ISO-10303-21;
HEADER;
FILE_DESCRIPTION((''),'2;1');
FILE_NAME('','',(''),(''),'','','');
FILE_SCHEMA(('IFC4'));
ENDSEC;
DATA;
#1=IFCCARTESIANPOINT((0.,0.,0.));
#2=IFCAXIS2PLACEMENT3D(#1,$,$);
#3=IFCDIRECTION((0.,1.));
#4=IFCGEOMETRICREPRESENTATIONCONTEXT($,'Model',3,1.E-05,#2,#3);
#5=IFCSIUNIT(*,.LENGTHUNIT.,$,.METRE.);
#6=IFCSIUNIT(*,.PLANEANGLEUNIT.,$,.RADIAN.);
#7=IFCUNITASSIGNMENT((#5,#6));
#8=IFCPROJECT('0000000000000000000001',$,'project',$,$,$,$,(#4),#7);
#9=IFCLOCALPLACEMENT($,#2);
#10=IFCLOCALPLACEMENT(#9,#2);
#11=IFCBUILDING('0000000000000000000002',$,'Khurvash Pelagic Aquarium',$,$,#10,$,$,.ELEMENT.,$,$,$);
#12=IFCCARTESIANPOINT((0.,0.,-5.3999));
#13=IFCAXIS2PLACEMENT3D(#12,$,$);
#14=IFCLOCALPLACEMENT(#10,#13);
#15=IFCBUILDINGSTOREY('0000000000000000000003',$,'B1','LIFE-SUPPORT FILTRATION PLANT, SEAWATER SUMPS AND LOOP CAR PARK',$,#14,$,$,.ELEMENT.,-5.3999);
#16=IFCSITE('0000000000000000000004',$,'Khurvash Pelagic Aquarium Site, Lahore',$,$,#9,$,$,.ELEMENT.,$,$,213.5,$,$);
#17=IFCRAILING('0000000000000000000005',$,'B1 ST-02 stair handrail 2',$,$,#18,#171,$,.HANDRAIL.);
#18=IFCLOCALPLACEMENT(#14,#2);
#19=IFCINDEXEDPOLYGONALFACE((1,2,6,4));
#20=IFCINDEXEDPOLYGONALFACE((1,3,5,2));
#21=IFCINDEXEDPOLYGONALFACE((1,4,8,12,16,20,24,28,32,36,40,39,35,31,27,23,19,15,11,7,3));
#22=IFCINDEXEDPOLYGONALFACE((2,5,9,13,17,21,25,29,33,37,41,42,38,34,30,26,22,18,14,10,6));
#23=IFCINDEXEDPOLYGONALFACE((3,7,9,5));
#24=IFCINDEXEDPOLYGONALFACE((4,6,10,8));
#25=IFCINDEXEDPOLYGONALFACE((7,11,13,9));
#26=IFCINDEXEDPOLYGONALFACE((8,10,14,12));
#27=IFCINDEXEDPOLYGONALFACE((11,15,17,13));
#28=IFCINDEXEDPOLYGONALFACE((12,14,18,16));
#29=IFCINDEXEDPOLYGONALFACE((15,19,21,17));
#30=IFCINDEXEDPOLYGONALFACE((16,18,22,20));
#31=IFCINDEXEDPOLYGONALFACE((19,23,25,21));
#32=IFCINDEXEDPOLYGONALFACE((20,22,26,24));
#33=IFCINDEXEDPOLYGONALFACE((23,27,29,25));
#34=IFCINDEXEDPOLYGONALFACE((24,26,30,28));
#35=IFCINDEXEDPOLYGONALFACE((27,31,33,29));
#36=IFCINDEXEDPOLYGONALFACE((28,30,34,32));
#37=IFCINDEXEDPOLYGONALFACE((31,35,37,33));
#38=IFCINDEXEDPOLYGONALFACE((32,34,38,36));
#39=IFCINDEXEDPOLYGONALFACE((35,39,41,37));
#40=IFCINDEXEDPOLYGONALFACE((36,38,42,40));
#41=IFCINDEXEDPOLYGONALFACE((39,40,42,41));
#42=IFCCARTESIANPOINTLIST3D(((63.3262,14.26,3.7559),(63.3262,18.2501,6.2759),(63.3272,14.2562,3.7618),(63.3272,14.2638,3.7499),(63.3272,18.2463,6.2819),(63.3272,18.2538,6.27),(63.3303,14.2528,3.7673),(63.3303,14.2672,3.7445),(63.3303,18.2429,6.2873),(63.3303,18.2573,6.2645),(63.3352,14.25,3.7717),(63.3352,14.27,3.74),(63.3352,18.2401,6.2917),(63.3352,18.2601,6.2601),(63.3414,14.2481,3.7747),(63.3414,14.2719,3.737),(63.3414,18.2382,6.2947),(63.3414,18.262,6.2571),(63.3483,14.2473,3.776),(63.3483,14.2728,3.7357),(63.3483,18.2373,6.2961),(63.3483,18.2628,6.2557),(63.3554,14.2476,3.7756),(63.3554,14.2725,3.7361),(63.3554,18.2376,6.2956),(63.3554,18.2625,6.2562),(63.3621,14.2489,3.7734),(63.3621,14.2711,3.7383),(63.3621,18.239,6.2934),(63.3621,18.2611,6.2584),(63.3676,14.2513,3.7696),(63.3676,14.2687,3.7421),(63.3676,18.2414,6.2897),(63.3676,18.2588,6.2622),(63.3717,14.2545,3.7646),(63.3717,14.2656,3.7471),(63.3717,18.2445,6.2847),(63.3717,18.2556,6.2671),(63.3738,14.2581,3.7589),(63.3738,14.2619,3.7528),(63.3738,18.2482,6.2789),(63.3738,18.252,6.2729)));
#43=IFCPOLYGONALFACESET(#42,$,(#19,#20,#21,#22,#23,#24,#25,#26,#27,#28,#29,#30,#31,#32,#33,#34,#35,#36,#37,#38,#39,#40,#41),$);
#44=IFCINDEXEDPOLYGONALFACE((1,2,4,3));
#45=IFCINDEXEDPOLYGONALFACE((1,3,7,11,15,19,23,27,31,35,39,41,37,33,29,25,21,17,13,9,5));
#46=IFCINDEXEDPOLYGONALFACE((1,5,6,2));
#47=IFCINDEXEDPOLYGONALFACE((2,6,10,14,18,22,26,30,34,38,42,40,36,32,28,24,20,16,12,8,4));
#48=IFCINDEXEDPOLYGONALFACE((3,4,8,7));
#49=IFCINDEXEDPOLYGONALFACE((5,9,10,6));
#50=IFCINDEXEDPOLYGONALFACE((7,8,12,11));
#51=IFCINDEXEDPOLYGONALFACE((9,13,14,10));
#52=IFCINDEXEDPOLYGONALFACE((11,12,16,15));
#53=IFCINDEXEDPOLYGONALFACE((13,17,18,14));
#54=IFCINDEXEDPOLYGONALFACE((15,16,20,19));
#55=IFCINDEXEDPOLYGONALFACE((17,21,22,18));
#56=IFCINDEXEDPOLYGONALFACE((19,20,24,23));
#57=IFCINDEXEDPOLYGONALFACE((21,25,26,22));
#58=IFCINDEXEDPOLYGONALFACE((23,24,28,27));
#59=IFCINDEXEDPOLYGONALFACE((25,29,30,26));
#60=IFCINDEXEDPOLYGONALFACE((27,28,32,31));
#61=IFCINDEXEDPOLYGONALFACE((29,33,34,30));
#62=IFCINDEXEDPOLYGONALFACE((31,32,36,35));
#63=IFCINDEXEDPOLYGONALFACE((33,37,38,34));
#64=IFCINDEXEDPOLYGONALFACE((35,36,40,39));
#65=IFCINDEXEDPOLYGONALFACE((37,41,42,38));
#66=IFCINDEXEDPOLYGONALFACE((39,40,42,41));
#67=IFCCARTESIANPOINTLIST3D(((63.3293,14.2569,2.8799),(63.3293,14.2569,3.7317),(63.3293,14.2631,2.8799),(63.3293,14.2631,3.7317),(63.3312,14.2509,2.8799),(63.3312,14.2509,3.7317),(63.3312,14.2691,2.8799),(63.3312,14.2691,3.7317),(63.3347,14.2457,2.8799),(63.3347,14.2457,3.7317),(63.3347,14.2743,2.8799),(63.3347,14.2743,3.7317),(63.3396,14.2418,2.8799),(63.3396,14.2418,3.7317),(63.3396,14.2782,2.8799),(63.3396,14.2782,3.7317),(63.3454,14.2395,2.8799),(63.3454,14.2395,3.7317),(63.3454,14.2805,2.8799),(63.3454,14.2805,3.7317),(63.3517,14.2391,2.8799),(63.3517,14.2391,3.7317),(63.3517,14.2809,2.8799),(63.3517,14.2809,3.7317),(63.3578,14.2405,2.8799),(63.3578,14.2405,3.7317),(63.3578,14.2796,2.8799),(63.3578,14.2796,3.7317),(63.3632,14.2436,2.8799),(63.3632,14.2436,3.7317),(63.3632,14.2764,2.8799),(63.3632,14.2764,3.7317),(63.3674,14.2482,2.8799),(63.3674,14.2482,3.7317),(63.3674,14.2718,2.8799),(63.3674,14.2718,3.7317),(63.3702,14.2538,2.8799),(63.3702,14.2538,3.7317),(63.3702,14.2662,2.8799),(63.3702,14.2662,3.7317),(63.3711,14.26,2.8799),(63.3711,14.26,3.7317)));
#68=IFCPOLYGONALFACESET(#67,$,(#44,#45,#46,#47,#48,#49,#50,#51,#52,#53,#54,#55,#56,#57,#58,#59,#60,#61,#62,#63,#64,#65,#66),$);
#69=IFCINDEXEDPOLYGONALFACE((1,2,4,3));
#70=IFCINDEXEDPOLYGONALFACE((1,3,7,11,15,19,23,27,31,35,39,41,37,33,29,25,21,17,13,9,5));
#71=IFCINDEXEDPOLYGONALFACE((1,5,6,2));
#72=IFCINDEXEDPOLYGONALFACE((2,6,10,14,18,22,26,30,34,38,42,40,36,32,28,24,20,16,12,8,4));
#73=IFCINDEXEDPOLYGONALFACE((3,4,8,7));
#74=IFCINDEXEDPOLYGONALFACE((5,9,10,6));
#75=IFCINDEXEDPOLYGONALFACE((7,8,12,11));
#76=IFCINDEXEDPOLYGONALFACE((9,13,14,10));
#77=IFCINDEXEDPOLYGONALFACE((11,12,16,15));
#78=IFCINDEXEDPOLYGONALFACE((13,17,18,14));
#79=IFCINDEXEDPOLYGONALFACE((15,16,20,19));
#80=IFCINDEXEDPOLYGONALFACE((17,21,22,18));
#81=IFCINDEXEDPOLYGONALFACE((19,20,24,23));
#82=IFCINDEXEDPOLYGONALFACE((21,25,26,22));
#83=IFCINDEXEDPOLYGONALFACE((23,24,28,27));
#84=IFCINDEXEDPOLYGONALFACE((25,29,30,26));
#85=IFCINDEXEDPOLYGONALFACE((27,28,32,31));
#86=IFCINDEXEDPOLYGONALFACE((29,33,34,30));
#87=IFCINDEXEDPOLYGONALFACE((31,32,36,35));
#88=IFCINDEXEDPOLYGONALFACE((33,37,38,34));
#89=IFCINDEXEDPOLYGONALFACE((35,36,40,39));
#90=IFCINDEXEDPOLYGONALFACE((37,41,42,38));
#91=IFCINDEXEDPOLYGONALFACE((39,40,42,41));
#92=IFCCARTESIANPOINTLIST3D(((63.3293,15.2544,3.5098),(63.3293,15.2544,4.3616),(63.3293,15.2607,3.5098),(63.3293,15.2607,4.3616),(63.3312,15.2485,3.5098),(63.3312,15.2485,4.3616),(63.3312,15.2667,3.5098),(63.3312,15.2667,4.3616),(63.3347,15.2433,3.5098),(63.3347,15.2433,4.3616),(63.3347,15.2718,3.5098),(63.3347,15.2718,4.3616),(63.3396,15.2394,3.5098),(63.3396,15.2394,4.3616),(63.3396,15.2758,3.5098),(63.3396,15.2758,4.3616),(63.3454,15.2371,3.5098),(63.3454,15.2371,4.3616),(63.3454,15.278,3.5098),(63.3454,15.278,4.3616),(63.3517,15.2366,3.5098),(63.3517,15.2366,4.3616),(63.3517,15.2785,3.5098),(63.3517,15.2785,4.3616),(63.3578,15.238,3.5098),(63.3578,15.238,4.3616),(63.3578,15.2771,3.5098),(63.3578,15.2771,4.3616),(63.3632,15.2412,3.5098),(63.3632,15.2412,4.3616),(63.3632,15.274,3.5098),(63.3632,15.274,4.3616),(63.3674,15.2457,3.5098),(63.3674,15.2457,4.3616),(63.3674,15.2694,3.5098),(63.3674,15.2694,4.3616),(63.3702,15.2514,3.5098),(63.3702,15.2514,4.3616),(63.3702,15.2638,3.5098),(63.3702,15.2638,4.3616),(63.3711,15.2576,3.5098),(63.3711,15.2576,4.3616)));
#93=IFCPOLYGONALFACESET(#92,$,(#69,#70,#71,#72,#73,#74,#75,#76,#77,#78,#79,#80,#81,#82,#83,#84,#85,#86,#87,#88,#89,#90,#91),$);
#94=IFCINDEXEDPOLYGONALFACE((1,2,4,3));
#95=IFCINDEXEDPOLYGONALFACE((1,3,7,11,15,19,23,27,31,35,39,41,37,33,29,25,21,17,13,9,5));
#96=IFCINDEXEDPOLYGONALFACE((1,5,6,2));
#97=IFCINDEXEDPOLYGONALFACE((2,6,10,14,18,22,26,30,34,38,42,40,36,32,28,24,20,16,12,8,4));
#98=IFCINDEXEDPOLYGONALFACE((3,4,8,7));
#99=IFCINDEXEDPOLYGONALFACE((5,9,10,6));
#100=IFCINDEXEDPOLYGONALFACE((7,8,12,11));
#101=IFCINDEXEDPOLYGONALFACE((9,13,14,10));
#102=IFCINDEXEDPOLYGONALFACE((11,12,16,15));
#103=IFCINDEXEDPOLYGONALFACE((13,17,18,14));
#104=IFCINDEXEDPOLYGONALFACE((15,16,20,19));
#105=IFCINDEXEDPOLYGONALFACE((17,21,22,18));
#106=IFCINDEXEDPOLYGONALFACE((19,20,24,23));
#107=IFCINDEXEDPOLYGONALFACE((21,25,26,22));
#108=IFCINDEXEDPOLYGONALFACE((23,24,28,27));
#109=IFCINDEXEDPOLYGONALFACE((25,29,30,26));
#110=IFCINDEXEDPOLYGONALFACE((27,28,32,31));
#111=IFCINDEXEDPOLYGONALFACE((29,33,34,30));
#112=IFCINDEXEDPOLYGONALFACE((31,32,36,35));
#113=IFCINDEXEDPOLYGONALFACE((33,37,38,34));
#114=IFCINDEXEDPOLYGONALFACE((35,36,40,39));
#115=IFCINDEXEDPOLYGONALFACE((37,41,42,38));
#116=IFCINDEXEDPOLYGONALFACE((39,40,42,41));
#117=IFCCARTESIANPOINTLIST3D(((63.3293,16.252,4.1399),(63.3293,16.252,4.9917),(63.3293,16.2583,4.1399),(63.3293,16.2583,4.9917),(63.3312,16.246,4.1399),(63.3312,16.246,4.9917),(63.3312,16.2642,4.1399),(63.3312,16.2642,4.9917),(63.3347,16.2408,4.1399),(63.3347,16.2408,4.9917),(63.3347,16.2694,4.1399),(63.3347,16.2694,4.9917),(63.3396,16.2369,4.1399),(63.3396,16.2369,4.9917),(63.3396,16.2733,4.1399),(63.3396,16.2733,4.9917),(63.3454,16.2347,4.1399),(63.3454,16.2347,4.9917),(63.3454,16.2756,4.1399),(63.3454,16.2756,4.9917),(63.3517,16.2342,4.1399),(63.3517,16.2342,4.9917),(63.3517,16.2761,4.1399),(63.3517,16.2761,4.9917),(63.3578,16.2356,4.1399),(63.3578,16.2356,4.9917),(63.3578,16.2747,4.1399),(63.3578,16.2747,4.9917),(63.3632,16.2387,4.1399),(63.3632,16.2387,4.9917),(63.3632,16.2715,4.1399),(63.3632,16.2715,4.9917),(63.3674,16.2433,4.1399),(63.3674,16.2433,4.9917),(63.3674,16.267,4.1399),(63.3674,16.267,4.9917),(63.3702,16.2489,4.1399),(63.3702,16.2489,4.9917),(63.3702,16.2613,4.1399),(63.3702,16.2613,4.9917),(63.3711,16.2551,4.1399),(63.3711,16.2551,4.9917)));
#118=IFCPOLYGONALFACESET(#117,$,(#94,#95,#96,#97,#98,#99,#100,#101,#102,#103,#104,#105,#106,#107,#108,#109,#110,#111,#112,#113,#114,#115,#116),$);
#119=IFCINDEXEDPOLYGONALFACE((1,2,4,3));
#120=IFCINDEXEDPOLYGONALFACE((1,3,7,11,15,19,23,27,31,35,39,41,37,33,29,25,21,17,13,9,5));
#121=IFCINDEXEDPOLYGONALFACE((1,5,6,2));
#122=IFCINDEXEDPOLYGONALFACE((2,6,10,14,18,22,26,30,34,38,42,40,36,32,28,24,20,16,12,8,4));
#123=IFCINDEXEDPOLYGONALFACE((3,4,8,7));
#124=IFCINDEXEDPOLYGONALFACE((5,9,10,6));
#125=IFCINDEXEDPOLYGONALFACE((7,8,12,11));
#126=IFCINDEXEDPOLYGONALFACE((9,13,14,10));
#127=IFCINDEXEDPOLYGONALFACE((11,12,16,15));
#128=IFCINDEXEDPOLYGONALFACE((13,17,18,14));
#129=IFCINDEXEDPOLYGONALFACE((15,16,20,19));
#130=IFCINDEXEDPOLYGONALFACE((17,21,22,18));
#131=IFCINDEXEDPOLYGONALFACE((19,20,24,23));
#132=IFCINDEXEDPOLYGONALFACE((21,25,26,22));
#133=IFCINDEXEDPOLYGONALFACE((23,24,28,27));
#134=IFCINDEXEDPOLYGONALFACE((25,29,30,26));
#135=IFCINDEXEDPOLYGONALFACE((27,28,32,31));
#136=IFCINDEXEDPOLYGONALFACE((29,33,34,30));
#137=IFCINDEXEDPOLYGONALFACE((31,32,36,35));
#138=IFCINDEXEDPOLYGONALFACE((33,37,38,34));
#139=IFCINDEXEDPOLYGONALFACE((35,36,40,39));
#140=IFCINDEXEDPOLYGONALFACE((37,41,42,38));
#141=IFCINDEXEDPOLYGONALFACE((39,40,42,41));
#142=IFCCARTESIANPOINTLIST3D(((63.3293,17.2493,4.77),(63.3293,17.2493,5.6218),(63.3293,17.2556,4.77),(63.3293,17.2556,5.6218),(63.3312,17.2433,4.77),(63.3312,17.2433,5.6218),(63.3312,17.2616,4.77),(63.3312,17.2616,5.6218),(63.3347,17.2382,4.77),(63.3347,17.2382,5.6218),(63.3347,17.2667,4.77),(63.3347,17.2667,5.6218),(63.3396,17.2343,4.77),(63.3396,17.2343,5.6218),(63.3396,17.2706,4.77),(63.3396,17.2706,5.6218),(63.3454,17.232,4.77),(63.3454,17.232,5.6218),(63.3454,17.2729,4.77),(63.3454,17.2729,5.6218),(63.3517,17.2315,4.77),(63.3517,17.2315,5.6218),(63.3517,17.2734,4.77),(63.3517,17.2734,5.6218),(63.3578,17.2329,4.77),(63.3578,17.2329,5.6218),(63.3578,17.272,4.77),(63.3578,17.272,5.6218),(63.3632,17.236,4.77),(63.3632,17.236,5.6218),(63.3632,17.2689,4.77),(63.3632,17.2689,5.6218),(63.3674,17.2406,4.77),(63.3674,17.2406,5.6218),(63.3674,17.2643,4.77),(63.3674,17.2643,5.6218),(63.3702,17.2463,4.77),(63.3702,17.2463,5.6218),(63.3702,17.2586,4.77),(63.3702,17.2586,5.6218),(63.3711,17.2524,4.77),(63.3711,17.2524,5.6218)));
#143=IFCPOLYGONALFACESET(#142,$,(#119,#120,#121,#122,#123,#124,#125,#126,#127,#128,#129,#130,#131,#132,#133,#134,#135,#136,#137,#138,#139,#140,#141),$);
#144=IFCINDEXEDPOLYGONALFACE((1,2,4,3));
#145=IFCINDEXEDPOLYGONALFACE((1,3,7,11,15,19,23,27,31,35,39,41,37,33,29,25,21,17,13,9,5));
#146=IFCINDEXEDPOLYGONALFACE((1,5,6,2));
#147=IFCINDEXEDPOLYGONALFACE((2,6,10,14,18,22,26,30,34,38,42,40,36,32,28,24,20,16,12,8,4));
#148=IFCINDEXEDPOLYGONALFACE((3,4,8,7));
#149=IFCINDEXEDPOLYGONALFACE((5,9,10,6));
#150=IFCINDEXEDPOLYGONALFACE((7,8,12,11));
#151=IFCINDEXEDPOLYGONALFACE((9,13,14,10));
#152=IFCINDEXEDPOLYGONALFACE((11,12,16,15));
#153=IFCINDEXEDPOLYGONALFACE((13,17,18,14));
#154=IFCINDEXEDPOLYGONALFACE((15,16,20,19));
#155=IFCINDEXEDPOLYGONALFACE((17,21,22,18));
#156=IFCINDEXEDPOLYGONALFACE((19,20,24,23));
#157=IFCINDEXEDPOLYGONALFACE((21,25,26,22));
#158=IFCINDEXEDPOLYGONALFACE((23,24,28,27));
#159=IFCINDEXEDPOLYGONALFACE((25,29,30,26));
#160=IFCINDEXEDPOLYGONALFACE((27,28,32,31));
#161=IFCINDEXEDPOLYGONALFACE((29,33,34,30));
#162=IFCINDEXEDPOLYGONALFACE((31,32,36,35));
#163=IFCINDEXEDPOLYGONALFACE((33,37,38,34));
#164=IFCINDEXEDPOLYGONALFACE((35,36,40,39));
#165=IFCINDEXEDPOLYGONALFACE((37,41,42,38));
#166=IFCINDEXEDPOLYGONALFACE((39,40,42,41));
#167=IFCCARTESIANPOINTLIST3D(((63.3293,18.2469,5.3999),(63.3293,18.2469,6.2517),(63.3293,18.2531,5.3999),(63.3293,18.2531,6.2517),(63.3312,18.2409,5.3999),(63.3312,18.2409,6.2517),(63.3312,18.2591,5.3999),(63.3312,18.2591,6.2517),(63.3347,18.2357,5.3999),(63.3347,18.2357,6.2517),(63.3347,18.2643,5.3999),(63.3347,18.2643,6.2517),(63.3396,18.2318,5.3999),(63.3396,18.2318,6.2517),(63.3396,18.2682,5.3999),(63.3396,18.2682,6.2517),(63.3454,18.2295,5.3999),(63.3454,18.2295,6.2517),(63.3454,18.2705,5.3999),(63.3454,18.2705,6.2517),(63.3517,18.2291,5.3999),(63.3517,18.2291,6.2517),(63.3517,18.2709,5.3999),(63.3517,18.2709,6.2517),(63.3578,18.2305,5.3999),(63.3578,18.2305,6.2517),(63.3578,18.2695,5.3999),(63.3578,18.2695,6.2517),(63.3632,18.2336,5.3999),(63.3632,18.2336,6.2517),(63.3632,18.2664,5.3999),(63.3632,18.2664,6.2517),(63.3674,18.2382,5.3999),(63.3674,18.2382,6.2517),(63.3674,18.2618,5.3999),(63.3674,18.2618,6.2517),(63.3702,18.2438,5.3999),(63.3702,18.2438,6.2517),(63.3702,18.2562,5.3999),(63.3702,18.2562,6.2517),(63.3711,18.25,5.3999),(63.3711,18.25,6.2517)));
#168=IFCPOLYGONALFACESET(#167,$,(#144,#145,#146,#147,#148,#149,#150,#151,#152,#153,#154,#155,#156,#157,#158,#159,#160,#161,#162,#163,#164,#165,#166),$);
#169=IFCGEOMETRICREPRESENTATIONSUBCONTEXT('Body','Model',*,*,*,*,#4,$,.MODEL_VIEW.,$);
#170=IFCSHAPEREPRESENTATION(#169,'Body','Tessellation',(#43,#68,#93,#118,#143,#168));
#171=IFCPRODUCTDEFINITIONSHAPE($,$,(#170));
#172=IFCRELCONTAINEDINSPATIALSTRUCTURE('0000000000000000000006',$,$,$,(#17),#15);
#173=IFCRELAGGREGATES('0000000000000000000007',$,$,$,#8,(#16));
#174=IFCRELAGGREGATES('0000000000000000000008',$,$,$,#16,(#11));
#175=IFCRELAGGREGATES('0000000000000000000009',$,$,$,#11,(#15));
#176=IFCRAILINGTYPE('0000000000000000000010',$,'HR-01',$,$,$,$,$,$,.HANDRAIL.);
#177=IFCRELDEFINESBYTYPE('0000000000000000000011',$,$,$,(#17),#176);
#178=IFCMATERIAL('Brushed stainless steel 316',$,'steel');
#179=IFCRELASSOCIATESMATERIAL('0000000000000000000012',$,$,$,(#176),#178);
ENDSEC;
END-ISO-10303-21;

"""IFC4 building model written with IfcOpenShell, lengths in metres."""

from ifc_helpers import new_model, si_unit, direction, frame, origin, origin_2d, place, context, subcontext, project, spatial, circle, extrude, material, type_object, element, save


model = new_model("IFC4")

# Units and contexts
model_context = context("Model", 3, precision=1e-05, world=origin(), true_north=direction((0.0, 1.0)))
body_context = subcontext(model_context, "Body", "Model", "MODEL_VIEW")
ifc_project = project(units=[si_unit("LENGTHUNIT", "METRE"), si_unit("PLANEANGLEUNIT", "RADIAN")], contexts=[model_context])

# Site, building, storey
site_placement = place(None, origin())
site = spatial("IfcSite", under=ifc_project, at=site_placement, Name="Khurvash Pelagic Aquarium Site, Lahore", CompositionType="ELEMENT", RefElevation=213.5)
building_placement = place(site_placement, origin())
building = spatial("IfcBuilding", under=site, at=building_placement, Name="Khurvash Pelagic Aquarium", CompositionType="ELEMENT")
storey_placement = place(building_placement, frame((0.0, 0.0, -5.3999)))
storey = spatial("IfcBuildingStorey", under=building, at=storey_placement, Name="B1", Description="LIFE-SUPPORT FILTRATION PLANT, SEAWATER SUMPS AND LOOP CAR PARK", CompositionType="ELEMENT", Elevation=-5.3999)

# Railing
ifc_material_1 = material(Name="Brushed stainless steel 316", Category="steel")
railing_type_1 = type_object("IfcRailingType", Name="HR-01", PredefinedType="HANDRAIL", material=ifc_material_1)
railing_1_placement = place(storey_placement, frame((63.3501, 14.26, 2.8799)))
element("IfcRailing", 1, at=railing_1_placement, inside=storey, type_object=railing_type_1, Name="B1 ST-02 stair handrail 2", PredefinedType="HANDRAIL", context=body_context, shape_type="SweptSolid", body=[
    extrude(circle(Radius=0.0239, at=origin_2d()), frame((0.0, 0.0, 0.876), z_axis=(0.0, 0.845486, 0.533997), x_axis=(-1.0, 0.0, 0.0)), (0.0, 0.0, 1.0), 4.7192),
    extrude(circle(Radius=0.021, at=origin_2d()), origin(), (0.0, 0.0, 1.0), 0.8518),
    extrude(circle(Radius=0.021, at=origin_2d()), frame((0.0, 0.9976, 0.6299)), (0.0, 0.0, 1.0), 0.8518),
    extrude(circle(Radius=0.021, at=origin_2d()), frame((0.0, 1.9951, 1.26)), (0.0, 0.0, 1.0), 0.8518),
    extrude(circle(Radius=0.021, at=origin_2d()), frame((0.0, 2.9924, 1.8901)), (0.0, 0.0, 1.0), 0.8518),
    extrude(circle(Radius=0.021, at=origin_2d()), frame((0.0, 3.99, 2.52)), (0.0, 0.0, 1.0), 0.8518),
])

save(model, "model.ifc")
